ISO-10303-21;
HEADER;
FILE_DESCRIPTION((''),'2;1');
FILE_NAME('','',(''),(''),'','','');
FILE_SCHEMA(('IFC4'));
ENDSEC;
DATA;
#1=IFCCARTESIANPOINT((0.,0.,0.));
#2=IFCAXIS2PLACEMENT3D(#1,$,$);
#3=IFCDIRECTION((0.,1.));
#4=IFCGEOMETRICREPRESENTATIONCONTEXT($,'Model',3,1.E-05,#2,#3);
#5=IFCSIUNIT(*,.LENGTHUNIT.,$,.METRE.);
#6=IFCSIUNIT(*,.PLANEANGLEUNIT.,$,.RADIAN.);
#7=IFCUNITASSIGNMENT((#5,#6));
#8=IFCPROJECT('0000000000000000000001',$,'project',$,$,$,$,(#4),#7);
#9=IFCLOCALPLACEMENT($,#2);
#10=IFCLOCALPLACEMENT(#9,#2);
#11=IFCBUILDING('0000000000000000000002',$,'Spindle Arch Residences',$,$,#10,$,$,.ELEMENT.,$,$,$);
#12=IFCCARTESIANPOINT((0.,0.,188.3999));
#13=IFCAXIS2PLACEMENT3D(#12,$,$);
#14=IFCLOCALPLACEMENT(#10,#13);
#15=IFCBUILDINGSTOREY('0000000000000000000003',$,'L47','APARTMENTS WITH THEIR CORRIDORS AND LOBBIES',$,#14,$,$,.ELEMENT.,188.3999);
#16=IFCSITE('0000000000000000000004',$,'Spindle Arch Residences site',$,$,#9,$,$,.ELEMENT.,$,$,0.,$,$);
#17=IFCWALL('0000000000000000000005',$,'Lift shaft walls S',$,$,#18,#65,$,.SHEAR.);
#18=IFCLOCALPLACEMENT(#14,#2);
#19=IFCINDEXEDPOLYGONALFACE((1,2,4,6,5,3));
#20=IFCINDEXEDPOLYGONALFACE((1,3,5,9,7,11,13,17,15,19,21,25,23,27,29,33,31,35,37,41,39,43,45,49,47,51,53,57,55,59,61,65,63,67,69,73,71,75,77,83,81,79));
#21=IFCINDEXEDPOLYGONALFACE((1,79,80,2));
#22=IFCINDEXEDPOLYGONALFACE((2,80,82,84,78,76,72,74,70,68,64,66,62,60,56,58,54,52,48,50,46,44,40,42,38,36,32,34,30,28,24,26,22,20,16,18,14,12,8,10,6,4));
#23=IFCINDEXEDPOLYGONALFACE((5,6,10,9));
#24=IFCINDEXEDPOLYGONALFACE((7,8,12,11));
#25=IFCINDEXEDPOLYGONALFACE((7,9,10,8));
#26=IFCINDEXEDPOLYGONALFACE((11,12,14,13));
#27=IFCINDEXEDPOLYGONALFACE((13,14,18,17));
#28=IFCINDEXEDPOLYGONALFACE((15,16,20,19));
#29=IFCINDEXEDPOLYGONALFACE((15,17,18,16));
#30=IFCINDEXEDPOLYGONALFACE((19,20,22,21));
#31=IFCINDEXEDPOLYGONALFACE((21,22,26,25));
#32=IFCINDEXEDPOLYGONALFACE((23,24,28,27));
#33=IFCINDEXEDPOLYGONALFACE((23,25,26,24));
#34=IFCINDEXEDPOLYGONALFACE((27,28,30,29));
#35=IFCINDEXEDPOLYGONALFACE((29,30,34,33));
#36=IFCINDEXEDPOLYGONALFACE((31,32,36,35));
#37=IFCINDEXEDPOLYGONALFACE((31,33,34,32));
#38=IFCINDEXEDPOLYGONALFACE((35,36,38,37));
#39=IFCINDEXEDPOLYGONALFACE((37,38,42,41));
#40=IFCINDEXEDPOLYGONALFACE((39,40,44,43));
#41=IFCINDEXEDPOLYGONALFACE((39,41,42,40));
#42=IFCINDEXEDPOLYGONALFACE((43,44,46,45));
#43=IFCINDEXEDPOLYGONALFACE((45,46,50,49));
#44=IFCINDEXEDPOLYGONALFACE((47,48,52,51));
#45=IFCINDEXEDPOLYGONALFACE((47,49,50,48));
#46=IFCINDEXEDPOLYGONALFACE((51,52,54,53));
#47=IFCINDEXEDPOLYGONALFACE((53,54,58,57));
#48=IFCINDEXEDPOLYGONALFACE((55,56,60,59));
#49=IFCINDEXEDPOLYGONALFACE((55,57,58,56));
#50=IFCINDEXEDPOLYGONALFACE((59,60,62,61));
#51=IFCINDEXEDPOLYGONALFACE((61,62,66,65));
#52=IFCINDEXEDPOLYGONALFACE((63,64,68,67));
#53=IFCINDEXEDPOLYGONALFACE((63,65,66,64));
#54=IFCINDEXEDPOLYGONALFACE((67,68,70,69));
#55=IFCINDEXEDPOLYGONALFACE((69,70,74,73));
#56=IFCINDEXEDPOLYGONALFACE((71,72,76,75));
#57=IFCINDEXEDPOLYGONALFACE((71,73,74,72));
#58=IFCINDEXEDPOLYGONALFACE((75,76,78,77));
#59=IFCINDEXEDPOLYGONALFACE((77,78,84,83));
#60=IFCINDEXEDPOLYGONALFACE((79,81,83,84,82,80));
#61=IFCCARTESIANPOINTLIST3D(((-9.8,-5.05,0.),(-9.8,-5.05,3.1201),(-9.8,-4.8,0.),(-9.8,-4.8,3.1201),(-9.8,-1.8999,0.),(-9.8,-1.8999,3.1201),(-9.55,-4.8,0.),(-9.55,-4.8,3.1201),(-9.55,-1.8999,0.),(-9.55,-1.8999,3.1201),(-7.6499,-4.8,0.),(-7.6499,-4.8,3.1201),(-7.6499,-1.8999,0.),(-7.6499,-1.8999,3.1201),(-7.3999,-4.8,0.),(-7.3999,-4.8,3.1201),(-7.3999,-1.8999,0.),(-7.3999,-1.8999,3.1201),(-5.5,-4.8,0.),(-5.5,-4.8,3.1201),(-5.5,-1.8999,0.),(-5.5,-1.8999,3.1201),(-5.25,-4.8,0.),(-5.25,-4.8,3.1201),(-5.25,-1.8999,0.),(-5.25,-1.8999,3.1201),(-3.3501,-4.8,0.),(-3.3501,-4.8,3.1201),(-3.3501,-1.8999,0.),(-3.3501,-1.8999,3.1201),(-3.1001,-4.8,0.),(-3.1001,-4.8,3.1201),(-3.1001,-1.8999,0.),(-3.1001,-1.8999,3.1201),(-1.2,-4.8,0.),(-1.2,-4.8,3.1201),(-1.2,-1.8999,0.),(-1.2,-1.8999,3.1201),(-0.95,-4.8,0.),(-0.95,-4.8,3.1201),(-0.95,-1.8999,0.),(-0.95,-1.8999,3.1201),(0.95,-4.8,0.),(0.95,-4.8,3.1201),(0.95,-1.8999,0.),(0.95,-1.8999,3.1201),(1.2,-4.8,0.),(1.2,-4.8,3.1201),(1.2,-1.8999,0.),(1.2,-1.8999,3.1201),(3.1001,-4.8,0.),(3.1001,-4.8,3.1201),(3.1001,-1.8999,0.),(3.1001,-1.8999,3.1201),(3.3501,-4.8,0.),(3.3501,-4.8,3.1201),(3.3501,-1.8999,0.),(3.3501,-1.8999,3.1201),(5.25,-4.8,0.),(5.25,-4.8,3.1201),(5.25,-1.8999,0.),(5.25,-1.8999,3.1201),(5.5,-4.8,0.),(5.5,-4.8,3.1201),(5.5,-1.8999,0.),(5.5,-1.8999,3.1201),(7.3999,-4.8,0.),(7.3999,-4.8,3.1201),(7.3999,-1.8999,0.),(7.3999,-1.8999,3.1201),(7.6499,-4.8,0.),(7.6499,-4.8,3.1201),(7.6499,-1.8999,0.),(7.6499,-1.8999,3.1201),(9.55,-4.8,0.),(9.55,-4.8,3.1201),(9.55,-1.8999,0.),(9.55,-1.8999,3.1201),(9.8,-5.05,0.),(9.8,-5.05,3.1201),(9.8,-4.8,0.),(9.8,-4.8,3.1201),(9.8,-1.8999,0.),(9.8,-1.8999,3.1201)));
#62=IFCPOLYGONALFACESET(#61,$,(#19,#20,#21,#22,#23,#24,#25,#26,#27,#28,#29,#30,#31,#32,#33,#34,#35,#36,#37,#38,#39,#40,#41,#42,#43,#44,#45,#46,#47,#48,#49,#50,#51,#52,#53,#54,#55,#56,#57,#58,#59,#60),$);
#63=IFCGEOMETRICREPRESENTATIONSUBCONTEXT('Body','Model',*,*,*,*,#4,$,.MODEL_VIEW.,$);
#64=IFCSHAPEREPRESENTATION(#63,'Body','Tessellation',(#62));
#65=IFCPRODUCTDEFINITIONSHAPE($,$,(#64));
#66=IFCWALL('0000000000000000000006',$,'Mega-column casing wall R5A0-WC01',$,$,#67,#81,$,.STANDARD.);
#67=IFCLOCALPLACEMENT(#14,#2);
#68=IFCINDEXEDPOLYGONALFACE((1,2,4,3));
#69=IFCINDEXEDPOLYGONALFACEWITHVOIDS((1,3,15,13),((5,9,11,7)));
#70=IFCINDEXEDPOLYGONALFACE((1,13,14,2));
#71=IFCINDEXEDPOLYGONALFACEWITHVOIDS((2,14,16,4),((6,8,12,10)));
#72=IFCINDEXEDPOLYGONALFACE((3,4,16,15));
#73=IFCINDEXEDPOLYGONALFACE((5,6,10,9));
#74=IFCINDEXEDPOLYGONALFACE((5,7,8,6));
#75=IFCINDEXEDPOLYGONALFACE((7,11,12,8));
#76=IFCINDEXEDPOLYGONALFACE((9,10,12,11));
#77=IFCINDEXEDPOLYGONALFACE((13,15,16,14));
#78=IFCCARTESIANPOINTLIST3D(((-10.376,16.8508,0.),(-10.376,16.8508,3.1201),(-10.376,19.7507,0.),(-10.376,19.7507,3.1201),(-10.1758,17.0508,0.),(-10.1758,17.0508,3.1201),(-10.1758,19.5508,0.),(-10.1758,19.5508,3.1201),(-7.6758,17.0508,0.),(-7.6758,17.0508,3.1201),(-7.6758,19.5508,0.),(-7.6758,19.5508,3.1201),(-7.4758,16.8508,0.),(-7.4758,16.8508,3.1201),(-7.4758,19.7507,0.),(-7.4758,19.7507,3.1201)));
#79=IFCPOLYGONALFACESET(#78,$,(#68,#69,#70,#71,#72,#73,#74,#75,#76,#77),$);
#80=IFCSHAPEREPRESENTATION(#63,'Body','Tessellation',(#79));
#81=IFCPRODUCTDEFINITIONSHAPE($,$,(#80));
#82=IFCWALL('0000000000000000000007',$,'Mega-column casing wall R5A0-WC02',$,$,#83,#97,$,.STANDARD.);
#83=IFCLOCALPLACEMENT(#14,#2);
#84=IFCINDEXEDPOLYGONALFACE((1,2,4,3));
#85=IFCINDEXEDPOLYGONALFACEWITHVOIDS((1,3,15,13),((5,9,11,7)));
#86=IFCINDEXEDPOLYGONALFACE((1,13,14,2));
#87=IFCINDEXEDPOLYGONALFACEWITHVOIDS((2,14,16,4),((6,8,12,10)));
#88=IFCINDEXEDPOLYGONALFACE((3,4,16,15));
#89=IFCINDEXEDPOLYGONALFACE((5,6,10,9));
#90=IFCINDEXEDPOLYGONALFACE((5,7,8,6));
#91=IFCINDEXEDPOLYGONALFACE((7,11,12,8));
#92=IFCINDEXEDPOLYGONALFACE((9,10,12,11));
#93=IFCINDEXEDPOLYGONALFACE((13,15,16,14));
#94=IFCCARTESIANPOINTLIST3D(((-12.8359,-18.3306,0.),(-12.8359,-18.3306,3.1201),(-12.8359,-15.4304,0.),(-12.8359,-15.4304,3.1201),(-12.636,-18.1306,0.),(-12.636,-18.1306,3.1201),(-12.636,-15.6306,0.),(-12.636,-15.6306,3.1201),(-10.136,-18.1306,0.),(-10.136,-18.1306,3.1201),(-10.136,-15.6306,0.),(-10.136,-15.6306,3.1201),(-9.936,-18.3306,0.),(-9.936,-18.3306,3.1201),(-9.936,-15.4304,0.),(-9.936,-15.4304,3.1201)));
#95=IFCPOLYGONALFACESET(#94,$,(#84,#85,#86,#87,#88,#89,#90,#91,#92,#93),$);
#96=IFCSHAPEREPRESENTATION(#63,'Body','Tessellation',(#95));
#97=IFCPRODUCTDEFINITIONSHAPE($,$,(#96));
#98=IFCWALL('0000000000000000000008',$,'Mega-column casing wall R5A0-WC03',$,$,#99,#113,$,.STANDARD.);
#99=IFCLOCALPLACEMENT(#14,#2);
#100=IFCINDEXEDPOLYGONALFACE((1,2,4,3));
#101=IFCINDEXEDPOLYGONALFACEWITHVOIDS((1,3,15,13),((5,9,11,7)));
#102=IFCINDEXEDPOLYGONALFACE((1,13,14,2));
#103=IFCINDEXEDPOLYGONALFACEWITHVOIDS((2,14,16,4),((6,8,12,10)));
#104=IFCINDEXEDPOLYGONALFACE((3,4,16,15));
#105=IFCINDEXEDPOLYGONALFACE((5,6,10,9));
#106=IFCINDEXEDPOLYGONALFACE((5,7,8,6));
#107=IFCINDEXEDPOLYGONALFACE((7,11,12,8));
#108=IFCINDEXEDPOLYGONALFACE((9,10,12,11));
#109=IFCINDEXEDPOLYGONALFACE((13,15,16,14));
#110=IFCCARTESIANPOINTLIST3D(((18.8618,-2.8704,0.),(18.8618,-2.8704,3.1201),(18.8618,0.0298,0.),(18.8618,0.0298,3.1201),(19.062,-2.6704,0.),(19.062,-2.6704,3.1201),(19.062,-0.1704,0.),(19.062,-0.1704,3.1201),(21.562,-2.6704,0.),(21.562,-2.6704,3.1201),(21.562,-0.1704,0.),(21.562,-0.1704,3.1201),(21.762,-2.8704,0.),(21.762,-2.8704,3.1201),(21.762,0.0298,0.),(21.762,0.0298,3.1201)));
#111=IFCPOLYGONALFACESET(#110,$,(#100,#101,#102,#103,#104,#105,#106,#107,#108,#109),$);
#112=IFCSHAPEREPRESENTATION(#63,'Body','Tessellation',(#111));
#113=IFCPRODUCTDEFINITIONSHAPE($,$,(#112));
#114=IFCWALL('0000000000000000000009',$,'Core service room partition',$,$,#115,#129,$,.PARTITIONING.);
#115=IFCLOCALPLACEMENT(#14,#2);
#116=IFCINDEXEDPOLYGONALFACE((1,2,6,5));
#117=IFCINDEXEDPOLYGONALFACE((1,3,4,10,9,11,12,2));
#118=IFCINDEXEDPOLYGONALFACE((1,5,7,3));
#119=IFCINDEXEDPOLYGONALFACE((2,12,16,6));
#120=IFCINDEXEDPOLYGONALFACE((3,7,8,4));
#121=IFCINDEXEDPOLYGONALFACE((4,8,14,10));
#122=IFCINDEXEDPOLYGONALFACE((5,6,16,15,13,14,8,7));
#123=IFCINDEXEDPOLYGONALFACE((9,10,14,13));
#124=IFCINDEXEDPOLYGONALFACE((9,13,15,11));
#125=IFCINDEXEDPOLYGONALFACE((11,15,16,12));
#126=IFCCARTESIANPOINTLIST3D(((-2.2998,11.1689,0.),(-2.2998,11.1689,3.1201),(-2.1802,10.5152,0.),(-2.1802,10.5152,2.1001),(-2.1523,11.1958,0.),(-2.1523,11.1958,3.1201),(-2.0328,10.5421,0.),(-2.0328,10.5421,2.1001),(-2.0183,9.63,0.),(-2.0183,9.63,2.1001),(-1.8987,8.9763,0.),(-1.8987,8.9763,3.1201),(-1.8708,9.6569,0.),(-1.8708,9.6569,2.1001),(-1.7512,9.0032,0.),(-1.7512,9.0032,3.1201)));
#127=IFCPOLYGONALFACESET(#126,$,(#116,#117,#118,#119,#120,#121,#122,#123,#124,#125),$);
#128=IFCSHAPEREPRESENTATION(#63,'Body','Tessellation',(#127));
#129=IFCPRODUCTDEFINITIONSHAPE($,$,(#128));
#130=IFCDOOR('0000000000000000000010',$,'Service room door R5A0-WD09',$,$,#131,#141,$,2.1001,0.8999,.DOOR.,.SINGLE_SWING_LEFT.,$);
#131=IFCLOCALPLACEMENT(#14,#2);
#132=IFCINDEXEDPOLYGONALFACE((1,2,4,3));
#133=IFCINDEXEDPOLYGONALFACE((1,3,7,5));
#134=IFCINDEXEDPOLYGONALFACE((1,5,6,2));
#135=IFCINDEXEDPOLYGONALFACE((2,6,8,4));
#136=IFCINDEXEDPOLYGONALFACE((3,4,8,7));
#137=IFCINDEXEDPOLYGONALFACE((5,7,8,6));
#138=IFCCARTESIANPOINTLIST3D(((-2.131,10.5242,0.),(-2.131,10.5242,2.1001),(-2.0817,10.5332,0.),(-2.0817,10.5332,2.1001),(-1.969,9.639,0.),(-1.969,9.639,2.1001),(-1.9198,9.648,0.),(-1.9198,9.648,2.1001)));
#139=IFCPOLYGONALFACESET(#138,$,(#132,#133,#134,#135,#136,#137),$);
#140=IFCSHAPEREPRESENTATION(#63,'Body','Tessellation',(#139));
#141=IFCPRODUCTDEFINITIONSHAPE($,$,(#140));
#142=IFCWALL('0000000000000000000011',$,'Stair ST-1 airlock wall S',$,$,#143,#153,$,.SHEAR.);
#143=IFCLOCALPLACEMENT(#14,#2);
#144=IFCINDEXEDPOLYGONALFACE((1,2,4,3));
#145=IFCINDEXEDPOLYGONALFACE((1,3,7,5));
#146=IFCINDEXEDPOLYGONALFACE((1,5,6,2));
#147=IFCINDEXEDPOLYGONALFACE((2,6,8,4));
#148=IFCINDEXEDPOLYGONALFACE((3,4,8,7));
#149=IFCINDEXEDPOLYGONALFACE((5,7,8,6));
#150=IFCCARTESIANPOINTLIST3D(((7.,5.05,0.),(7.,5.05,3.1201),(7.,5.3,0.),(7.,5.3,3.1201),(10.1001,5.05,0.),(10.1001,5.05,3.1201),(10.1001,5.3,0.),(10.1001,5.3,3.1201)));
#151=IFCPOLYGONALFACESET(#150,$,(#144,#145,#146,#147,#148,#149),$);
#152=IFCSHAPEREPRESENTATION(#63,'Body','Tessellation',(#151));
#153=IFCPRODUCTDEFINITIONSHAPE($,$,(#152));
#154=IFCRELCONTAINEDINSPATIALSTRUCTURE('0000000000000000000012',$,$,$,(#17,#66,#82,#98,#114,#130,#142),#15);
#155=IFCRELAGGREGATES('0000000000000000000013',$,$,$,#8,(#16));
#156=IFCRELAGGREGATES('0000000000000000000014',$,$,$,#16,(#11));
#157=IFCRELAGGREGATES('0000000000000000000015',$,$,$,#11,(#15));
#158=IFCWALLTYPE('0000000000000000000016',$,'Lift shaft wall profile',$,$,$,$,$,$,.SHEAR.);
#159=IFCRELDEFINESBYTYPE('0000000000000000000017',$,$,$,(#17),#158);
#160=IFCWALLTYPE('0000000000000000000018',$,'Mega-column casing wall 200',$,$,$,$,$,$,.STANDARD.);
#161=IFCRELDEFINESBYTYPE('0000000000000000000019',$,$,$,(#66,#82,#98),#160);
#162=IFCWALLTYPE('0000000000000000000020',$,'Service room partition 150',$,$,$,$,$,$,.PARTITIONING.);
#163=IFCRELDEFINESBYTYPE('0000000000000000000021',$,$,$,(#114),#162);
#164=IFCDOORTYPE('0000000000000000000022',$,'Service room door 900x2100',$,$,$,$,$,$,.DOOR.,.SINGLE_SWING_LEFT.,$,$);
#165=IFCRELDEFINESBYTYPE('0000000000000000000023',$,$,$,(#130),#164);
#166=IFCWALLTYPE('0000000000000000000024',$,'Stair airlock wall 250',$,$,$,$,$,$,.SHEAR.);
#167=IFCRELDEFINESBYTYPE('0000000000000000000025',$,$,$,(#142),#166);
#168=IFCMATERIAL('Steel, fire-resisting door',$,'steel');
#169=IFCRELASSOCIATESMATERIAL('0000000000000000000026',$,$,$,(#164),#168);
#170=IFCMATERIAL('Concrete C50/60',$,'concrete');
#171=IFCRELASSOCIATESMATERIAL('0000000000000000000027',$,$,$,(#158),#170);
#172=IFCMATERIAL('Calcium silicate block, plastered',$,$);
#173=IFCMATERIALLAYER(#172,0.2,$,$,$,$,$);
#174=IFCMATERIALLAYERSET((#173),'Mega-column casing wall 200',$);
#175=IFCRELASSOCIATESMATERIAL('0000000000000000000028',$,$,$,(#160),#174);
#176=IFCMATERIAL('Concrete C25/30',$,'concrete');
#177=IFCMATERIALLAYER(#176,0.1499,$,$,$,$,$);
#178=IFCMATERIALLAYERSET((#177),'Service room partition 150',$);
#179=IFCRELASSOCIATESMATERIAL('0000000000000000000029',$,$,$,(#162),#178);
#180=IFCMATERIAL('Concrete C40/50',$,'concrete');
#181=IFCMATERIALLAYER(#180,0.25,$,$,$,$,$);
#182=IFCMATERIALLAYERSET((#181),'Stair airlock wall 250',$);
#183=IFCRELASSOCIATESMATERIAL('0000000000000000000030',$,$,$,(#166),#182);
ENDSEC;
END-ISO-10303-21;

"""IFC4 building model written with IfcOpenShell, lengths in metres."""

from ifc_helpers import new_model, si_unit, direction, frame, frame_2d, origin, place, context, subcontext, project, spatial, polyline, rectangle, outline, extrude, material, layer, layer_set, type_object, element, fill, save


model = new_model("IFC4")

# Units and contexts
model_context = context("Model", 3, precision=1e-05, world=origin(), true_north=direction((0.0, 1.0)))
body_context = subcontext(model_context, "Body", "Model", "MODEL_VIEW")
ifc_project = project(units=[si_unit("LENGTHUNIT", "METRE"), si_unit("PLANEANGLEUNIT", "RADIAN")], contexts=[model_context])

# Site, building, storey
site_placement = place(None, origin())
site = spatial("IfcSite", under=ifc_project, at=site_placement, Name="Spindle Arch Residences site", CompositionType="ELEMENT", RefElevation=0.0)
building_placement = place(site_placement, origin())
building = spatial("IfcBuilding", under=site, at=building_placement, Name="Spindle Arch Residences", CompositionType="ELEMENT")
storey_placement = place(building_placement, frame((0.0, 0.0, 188.3999)))
storey = spatial("IfcBuildingStorey", under=building, at=storey_placement, Name="L47", Description="APARTMENTS WITH THEIR CORRIDORS AND LOBBIES", CompositionType="ELEMENT", Elevation=188.3999)

# Shared definitions
ifc_material_1 = material(Name="Steel, fire-resisting door", Category="steel")
door_type_1 = type_object("IfcDoorType", Name="Service room door 900x2100", OperationType="SINGLE_SWING_LEFT", PredefinedType="DOOR", material=ifc_material_1)

# Walls
ifc_material_2 = material(Name="Concrete C50/60", Category="concrete")
wall_type_1 = type_object("IfcWallType", Name="Lift shaft wall profile", PredefinedType="SHEAR", material=ifc_material_2)
wall_1_placement = place(storey_placement, origin())
element("IfcWall", 1, at=wall_1_placement, inside=storey, type_object=wall_type_1, Name="Lift shaft walls S", PredefinedType="SHEAR", context=body_context, shape_type="SweptSolid", body=[
    extrude(outline(polyline([(9.8, -5.05), (9.8, -4.8), (9.8, -1.8999), (9.55, -1.8999), (9.55, -4.8), (7.6499, -4.8), (7.6499, -1.8999), (7.3999, -1.8999), (7.3999, -4.8), (5.5, -4.8), (5.5, -1.8999), (5.25, -1.8999), (5.25, -4.8), (3.3501, -4.8), (3.3501, -1.8999), (3.1001, -1.8999), (3.1001, -4.8), (1.2, -4.8), (1.2, -1.8999), (0.95, -1.8999), (0.95, -4.8), (-0.95, -4.8), (-0.95, -1.8999), (-1.2, -1.8999), (-1.2, -4.8), (-3.1001, -4.8), (-3.1001, -1.8999), (-3.3501, -1.8999), (-3.3501, -4.8), (-5.25, -4.8), (-5.25, -1.8999), (-5.5, -1.8999), (-5.5, -4.8), (-7.3999, -4.8), (-7.3999, -1.8999), (-7.6499, -1.8999), (-7.6499, -4.8), (-9.55, -4.8), (-9.55, -1.8999), (-9.8, -1.8999), (-9.8, -4.8), (-9.8, -5.05), (9.8, -5.05)])), origin(), (0.0, 0.0, 1.0), 3.1201),
])
ifc_material_3 = material(Name="Calcium silicate block, plastered")
ifc_layer_1 = layer(ifc_material_3, 0.2)
ifc_layer_set_1 = layer_set([ifc_layer_1], Name="Mega-column casing wall 200")
wall_type_2 = type_object("IfcWallType", Name="Mega-column casing wall 200", PredefinedType="STANDARD", material=ifc_layer_set_1)
wall_2_placement = place(storey_placement, origin())
element("IfcWall", 2, at=wall_2_placement, inside=storey, type_object=wall_type_2, Name="Mega-column casing wall R5A0-WC01", PredefinedType="STANDARD", context=body_context, shape_type="SweptSolid", body=[
    extrude(outline(polyline([(-7.4758, 19.7507), (-7.4758, 16.8508), (-10.376, 16.8508), (-10.376, 19.7507), (-7.4758, 19.7507)]), holes=[polyline([(-10.1758, 17.0508), (-7.6758, 17.0508), (-7.6758, 19.5508), (-10.1758, 19.5508), (-10.1758, 17.0508)])]), origin(), (0.0, 0.0, 1.0), 3.1201),
])
wall_3_placement = place(storey_placement, origin())
element("IfcWall", 3, at=wall_3_placement, inside=storey, type_object=wall_type_2, Name="Mega-column casing wall R5A0-WC02", PredefinedType="STANDARD", context=body_context, shape_type="SweptSolid", body=[
    extrude(outline(polyline([(-9.936, -15.4304), (-9.936, -18.3306), (-12.8359, -18.3306), (-12.8359, -15.4304), (-9.936, -15.4304)]), holes=[polyline([(-12.636, -18.1306), (-10.136, -18.1306), (-10.136, -15.6306), (-12.636, -15.6306), (-12.636, -18.1306)])]), origin(), (0.0, 0.0, 1.0), 3.1201),
])
wall_4_placement = place(storey_placement, origin())
element("IfcWall", 4, at=wall_4_placement, inside=storey, type_object=wall_type_2, Name="Mega-column casing wall R5A0-WC03", PredefinedType="STANDARD", context=body_context, shape_type="SweptSolid", body=[
    extrude(outline(polyline([(21.762, 0.0298), (21.762, -2.8704), (18.8618, -2.8704), (18.8618, 0.0298), (21.762, 0.0298)]), holes=[polyline([(19.062, -2.6704), (21.562, -2.6704), (21.562, -0.1704), (19.062, -0.1704), (19.062, -2.6704)])]), origin(), (0.0, 0.0, 1.0), 3.1201),
])

# Wall, opening, door
ifc_material_4 = material(Name="Concrete C25/30", Category="concrete")
ifc_layer_2 = layer(ifc_material_4, 0.1499)
ifc_layer_set_2 = layer_set([ifc_layer_2], Name="Service room partition 150")
wall_type_3 = type_object("IfcWallType", Name="Service room partition 150", PredefinedType="PARTITIONING", material=ifc_layer_set_2)
wall_5_placement = place(storey_placement, frame((-1.825, 8.9897, 0.0), z_axis=(0.0, 0.0, 1.0), x_axis=(-0.179955, 0.983675, 0.0)))
wall_5 = element("IfcWall", 5, at=wall_5_placement, inside=storey, type_object=wall_type_3, Name="Core service room partition", PredefinedType="PARTITIONING", context=body_context, shape_type="SweptSolid", body=[
    extrude(rectangle(XDim=2.229, YDim=0.1499, at=frame_2d((1.1145, 0.0))), origin(), (0.0, 0.0, 1.0), 3.1201),
])
opening_1_placement = place(wall_5_placement, frame((0.6646, 0.0, 0.0)))
opening_1 = element("IfcOpeningElement", 6, at=opening_1_placement, cuts=wall_5, PredefinedType="OPENING", context=body_context, shape_type="SweptSolid", body=[
    extrude(rectangle(XDim=0.8999, YDim=2.1001, at=frame_2d((0.45, 1.05))), frame((0.0, 0.085, 0.0), z_axis=(0.0, -1.0, 0.0), x_axis=(1.0, 0.0, 0.0)), (0.0, 0.0, 1.0), 0.1699),
])
door_1_placement = place(opening_1_placement, origin())
door_1 = element("IfcDoor", 7, at=door_1_placement, inside=storey, type_object=door_type_1, Name="Service room door R5A0-WD09", OperationType="SINGLE_SWING_LEFT", OverallHeight=2.1001, OverallWidth=0.8999, PredefinedType="DOOR", context=body_context, shape_type="SweptSolid", body=[
    extrude(rectangle(XDim=0.8999, YDim=2.1001, at=frame_2d((0.45, 1.05))), frame((0.0, 0.0249, 0.0), z_axis=(0.0, -1.0, 0.0), x_axis=(1.0, 0.0, 0.0)), (0.0, 0.0, 1.0), 0.05),
])
fill(opening_1, door_1)

# Wall
ifc_material_5 = material(Name="Concrete C40/50", Category="concrete")
ifc_layer_3 = layer(ifc_material_5, 0.25)
ifc_layer_set_3 = layer_set([ifc_layer_3], Name="Stair airlock wall 250")
wall_type_4 = type_object("IfcWallType", Name="Stair airlock wall 250", PredefinedType="SHEAR", material=ifc_layer_set_3)
wall_6_placement = place(storey_placement, frame((7.0, 5.175, 0.0), z_axis=(0.0, 0.0, 1.0), x_axis=(1.0, 0.0, 0.0)))
element("IfcWall", 8, at=wall_6_placement, inside=storey, type_object=wall_type_4, Name="Stair ST-1 airlock wall S", PredefinedType="SHEAR", context=body_context, shape_type="SweptSolid", body=[
    extrude(rectangle(XDim=3.1001, YDim=0.25, at=frame_2d((1.55, 0.0))), origin(), (0.0, 0.0, 1.0), 3.1201),
])

save(model, "model.ifc")
